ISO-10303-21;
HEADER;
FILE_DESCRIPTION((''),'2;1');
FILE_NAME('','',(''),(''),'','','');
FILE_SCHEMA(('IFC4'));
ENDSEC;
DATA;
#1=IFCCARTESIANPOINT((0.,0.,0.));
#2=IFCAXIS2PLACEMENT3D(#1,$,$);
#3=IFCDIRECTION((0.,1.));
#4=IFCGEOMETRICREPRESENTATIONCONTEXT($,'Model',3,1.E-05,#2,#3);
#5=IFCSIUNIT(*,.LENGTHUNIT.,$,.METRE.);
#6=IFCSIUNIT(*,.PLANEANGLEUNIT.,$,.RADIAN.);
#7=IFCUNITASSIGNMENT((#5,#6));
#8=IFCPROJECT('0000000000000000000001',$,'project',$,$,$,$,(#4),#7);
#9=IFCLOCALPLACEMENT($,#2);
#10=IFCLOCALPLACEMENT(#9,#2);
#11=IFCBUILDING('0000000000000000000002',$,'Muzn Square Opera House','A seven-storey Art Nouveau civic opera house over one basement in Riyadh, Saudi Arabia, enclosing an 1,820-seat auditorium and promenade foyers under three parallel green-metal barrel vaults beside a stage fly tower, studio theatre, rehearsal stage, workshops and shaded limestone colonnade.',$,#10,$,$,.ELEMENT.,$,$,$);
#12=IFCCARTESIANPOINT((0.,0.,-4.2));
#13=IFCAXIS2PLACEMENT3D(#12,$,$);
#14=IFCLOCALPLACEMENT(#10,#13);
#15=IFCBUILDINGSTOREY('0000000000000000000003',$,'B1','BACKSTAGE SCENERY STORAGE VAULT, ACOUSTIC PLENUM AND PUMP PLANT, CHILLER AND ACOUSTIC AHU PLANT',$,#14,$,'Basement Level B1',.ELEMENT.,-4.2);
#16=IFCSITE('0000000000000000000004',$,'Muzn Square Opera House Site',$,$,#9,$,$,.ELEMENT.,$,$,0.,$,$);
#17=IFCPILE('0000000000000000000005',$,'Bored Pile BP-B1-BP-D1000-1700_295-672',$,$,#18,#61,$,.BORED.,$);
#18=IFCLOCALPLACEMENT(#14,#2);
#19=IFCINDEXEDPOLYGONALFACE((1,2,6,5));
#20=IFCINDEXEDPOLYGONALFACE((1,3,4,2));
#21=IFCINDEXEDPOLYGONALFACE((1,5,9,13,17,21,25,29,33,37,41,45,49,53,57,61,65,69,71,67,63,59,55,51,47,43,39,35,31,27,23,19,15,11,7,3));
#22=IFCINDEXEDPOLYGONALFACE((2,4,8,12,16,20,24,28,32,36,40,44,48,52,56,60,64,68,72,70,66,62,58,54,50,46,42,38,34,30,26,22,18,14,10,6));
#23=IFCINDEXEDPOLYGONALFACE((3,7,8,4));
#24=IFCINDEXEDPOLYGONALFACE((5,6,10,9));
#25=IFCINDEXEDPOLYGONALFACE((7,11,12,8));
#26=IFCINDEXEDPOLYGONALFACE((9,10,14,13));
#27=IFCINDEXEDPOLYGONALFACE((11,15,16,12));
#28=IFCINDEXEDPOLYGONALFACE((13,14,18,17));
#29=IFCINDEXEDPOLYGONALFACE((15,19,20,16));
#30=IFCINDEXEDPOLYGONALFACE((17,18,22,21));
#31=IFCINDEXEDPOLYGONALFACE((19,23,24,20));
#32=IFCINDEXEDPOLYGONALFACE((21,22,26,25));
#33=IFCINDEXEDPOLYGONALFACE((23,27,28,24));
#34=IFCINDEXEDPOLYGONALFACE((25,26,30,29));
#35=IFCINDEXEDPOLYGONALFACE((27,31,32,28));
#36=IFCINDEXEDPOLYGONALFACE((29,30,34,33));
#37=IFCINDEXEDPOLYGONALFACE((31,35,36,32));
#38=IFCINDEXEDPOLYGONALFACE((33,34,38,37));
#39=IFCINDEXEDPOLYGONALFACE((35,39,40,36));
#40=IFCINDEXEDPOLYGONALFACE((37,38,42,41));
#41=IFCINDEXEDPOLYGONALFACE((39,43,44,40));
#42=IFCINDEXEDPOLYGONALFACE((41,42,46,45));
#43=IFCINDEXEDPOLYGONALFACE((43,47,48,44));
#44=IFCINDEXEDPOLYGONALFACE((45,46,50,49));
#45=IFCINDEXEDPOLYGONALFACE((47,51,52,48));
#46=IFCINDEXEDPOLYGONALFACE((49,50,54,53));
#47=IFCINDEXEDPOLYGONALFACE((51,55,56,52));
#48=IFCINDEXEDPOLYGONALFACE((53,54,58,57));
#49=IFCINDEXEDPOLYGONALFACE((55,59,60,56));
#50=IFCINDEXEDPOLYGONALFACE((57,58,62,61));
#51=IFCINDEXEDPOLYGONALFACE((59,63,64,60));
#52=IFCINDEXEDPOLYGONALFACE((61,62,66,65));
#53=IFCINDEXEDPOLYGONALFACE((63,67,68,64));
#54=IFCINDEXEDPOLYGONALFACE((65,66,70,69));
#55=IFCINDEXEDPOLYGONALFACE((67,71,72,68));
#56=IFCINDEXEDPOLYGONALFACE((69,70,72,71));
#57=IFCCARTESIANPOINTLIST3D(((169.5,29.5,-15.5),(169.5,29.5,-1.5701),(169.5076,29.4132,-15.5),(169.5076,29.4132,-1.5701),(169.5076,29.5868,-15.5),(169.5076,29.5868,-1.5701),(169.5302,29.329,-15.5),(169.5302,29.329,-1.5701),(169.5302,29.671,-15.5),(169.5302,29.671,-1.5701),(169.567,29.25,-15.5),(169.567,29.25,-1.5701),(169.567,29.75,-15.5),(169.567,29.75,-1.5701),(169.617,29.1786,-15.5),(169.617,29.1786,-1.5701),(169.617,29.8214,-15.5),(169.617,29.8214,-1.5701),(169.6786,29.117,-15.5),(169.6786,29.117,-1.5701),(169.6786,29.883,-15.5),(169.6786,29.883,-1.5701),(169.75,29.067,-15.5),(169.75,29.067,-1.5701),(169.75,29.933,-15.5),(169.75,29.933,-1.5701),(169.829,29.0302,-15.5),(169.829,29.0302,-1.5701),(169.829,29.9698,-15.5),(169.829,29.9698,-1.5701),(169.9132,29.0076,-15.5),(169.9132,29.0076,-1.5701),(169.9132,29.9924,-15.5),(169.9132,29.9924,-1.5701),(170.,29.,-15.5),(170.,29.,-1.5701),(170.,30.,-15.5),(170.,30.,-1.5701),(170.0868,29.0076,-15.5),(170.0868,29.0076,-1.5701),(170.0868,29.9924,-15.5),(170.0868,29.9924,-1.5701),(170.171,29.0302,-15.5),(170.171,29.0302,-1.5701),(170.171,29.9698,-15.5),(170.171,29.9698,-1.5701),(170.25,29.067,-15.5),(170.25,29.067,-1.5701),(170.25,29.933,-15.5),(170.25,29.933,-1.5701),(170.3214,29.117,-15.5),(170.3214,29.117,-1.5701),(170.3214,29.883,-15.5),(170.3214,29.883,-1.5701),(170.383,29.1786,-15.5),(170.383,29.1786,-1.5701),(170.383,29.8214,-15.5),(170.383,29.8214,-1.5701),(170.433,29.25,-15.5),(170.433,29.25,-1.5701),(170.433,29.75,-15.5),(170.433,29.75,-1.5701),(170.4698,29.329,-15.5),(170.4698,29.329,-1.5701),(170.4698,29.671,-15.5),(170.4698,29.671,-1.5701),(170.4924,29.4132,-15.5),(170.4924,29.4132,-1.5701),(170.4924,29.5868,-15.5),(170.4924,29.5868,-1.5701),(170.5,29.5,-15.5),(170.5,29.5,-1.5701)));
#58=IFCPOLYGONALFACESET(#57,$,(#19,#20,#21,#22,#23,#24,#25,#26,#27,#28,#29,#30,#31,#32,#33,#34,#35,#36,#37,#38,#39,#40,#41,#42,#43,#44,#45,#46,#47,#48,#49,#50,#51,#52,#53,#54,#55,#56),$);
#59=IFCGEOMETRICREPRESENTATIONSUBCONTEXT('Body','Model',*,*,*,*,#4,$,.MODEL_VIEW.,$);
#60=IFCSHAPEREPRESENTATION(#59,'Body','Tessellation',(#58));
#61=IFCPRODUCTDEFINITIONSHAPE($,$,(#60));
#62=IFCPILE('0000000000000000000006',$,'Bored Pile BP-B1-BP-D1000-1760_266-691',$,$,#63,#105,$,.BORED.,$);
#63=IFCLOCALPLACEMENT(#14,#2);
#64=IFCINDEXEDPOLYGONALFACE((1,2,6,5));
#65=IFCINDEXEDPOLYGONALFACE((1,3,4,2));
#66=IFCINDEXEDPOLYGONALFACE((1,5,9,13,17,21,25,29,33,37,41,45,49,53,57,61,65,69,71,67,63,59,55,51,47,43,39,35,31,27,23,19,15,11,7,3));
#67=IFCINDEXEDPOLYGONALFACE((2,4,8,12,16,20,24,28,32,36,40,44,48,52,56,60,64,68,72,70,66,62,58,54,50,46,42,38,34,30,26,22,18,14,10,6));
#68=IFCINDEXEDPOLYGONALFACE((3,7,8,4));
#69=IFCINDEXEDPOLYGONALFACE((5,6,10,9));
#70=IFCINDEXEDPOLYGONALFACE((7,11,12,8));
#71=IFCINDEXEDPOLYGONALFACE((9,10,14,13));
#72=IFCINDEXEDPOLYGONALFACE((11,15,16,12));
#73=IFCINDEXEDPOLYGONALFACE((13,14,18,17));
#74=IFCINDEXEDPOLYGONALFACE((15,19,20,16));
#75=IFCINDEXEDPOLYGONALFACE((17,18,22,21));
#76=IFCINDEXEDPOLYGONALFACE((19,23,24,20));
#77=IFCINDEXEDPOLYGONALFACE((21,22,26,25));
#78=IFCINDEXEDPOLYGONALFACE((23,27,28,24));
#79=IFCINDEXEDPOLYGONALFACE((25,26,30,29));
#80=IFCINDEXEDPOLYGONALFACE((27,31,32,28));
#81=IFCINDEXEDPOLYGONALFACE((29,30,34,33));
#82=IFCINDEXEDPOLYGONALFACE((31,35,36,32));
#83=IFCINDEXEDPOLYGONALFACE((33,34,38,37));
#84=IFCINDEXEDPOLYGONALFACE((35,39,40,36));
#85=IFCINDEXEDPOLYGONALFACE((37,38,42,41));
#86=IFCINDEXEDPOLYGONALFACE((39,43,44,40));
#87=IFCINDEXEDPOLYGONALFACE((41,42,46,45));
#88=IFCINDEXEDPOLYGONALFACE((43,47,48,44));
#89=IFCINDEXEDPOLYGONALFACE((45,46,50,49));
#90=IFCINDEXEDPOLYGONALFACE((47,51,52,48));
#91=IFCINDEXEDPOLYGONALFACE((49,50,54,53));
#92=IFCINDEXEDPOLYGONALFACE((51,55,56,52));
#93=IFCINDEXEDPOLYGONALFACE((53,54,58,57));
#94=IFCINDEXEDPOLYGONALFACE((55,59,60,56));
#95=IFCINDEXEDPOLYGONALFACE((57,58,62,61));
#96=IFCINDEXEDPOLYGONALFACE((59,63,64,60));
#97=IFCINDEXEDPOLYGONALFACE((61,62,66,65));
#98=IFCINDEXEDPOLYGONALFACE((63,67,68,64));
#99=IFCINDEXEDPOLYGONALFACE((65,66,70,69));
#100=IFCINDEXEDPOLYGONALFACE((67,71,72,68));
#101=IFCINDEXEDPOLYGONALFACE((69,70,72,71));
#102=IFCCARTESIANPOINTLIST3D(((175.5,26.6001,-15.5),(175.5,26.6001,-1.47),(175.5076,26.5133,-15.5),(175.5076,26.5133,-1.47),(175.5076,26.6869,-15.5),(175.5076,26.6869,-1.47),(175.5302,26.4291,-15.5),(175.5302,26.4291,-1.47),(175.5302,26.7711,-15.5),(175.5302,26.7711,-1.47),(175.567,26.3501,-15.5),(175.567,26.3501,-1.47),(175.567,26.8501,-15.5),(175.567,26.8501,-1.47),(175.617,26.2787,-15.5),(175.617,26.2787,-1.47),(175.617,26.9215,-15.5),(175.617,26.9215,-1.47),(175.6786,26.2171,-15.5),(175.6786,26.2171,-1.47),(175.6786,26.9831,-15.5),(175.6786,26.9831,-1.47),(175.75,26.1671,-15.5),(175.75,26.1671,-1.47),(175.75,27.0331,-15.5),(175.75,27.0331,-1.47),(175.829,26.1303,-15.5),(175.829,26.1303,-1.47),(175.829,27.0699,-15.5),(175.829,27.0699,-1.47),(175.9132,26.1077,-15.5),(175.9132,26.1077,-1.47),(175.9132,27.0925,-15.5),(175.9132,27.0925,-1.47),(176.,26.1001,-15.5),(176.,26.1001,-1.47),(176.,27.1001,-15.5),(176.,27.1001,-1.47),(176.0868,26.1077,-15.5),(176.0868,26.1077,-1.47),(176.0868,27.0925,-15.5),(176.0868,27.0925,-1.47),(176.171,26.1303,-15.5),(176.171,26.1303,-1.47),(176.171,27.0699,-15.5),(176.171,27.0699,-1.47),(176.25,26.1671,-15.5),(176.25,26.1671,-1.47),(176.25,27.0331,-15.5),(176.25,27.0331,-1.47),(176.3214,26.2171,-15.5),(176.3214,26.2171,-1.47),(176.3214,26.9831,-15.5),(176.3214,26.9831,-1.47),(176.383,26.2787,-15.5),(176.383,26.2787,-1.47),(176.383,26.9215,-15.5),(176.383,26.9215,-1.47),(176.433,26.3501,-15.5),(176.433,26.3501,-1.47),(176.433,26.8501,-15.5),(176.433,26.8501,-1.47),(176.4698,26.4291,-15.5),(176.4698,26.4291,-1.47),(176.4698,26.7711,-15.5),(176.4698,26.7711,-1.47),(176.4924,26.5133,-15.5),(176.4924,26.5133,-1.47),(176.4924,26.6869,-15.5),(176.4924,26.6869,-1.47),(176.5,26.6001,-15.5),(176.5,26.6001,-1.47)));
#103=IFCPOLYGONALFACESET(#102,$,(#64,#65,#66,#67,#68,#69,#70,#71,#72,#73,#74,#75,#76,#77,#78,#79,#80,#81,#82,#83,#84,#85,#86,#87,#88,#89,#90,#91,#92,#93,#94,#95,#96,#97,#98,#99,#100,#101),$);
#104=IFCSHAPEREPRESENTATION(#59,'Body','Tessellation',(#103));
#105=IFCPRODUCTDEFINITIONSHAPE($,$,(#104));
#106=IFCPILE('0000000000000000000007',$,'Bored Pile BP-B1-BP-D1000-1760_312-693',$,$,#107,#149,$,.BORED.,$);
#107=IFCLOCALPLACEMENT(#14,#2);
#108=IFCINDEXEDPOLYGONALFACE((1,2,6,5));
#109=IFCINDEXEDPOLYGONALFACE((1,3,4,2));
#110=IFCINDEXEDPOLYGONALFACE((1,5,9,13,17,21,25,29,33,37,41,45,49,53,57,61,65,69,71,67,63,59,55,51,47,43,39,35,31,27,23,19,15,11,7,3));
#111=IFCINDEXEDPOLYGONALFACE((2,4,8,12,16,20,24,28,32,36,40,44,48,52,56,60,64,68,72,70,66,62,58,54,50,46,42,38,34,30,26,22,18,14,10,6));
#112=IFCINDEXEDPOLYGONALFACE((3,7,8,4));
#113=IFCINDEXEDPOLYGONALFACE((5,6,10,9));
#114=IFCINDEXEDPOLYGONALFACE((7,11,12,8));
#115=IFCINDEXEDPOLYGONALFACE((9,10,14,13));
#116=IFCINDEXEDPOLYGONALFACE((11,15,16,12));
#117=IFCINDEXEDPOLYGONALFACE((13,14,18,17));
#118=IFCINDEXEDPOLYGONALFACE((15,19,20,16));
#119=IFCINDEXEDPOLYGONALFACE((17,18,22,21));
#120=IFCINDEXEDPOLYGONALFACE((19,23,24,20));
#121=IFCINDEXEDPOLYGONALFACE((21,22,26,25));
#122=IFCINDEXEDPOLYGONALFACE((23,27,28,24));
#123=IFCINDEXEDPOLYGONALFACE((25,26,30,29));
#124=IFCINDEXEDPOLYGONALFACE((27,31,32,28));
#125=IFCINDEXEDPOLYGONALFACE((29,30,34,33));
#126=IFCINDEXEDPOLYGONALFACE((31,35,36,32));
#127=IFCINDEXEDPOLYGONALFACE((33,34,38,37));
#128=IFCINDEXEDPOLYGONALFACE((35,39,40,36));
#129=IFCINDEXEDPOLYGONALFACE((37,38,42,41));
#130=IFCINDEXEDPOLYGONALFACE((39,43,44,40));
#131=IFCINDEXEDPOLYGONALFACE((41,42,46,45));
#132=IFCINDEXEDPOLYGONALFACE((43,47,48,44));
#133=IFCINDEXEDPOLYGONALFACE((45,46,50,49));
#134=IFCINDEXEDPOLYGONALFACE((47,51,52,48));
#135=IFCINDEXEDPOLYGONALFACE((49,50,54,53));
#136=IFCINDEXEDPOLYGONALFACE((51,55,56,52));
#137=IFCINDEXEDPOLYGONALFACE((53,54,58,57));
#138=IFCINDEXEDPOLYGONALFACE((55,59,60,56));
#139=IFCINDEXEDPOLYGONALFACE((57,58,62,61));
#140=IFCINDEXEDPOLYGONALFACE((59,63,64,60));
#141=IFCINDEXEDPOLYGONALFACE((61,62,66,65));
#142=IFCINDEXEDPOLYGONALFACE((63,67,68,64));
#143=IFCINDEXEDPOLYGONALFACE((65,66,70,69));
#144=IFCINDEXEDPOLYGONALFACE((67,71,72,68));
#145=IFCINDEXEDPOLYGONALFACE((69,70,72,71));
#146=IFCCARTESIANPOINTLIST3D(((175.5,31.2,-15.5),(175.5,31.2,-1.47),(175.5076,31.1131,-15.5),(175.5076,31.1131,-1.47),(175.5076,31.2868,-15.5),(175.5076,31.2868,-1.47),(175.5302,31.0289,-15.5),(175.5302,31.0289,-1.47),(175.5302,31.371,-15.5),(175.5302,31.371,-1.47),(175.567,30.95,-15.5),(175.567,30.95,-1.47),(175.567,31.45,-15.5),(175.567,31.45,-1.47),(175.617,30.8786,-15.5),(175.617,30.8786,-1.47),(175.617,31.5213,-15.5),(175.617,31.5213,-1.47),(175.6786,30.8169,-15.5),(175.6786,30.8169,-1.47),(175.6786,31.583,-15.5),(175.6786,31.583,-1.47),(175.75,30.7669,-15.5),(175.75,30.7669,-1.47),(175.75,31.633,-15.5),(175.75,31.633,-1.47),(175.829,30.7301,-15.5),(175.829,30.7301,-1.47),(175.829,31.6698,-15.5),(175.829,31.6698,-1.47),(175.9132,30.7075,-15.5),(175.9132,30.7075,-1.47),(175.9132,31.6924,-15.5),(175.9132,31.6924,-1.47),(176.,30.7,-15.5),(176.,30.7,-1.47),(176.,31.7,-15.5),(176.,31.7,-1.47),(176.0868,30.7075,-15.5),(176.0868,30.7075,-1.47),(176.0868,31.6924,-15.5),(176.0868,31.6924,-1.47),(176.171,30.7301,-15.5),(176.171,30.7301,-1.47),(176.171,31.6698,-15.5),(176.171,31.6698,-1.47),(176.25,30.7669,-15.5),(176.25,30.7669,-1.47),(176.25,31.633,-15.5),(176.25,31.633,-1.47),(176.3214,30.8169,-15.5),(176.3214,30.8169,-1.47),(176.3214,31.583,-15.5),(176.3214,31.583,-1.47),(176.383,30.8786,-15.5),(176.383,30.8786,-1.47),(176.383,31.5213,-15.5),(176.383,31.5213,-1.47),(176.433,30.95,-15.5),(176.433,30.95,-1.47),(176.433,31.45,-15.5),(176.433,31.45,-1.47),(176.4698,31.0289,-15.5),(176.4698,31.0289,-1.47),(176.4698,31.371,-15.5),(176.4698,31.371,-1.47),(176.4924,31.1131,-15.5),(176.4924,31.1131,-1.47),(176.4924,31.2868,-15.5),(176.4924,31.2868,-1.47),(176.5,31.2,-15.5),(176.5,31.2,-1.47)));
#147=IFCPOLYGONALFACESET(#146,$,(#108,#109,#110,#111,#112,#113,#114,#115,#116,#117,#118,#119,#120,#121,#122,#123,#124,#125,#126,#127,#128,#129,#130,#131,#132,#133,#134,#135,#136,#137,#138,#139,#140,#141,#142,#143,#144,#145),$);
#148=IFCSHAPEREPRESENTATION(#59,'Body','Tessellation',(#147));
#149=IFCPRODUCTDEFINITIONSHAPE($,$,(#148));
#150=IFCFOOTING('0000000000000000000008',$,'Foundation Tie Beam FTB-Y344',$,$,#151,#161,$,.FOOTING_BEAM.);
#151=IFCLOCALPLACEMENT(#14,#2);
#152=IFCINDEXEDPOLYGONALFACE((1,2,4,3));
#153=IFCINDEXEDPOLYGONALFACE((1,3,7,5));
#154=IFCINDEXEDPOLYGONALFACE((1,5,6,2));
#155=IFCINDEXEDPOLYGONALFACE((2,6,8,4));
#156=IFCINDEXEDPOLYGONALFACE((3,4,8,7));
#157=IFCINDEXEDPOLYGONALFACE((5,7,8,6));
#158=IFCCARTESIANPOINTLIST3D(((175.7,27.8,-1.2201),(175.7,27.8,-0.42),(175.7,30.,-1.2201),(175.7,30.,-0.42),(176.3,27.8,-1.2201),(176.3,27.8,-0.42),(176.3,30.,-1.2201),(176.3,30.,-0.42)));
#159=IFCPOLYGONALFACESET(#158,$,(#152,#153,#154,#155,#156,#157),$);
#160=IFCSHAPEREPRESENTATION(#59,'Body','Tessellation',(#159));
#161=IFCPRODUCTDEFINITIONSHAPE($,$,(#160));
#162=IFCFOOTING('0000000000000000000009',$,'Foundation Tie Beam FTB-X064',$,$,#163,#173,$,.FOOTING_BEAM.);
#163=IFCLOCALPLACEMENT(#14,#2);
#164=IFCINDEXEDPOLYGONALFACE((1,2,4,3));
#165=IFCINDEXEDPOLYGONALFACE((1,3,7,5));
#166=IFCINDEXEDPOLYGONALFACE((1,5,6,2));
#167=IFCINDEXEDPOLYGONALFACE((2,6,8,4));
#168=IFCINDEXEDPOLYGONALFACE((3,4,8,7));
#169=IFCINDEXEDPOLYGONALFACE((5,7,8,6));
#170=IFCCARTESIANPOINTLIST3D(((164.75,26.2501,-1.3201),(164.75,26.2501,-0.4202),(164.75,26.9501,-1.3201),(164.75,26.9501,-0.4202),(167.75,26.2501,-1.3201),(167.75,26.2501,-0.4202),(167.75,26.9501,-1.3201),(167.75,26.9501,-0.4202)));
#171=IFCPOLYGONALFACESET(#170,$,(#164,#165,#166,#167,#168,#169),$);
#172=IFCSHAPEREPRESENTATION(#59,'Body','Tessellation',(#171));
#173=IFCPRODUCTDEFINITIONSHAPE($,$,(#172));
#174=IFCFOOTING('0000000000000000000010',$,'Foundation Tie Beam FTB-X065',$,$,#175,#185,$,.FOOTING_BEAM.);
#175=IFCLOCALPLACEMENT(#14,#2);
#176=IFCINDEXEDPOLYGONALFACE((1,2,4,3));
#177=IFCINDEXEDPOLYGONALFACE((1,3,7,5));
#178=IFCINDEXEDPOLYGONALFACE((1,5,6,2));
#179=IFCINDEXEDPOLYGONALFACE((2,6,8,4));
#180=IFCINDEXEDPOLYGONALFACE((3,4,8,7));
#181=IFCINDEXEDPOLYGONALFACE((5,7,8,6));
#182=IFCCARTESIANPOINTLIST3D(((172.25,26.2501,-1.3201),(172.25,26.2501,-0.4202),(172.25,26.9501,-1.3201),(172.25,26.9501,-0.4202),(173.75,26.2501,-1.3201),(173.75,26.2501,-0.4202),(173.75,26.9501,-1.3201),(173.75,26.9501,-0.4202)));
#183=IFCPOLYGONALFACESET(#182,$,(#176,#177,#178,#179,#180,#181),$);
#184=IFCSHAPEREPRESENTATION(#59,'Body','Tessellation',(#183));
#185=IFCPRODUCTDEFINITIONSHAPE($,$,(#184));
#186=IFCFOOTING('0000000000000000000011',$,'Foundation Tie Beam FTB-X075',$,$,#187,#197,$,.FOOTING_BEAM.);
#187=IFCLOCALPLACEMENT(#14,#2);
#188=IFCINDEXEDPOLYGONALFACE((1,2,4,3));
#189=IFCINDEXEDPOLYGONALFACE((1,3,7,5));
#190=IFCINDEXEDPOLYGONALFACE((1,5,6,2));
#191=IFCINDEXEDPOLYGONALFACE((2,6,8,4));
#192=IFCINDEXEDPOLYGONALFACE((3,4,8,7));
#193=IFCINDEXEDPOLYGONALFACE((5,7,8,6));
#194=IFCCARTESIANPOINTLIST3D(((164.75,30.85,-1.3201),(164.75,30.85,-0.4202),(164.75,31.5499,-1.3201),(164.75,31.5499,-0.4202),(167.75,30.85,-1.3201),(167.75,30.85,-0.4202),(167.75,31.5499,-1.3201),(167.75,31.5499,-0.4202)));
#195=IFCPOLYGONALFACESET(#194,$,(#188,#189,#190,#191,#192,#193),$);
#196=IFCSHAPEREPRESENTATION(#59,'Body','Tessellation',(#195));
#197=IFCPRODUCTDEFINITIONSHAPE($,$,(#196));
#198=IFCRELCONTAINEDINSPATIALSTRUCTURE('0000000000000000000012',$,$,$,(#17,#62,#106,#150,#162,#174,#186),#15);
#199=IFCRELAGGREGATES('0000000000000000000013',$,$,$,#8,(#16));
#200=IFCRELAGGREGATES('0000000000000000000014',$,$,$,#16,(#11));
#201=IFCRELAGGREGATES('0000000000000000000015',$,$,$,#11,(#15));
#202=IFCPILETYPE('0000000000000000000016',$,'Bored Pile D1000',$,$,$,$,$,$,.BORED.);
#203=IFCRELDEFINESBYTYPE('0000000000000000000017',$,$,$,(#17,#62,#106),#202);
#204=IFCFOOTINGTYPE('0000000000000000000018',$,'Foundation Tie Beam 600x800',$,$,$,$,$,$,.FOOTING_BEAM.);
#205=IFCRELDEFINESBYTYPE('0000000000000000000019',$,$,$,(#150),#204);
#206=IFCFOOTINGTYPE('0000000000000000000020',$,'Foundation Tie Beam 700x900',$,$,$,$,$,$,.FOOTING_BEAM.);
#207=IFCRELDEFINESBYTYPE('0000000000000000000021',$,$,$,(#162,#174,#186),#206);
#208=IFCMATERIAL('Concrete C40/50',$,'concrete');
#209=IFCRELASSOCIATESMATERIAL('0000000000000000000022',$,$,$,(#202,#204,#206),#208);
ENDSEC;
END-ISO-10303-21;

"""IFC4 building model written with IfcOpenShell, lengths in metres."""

from ifc_helpers import new_model, si_unit, direction, frame, origin, origin_2d, place, context, subcontext, project, spatial, rectangle, circle, extrude, material, material_profile, profile_set, type_object, element, save


model = new_model("IFC4")

# Units and contexts
model_context = context("Model", 3, precision=1e-05, world=origin(), true_north=direction((0.0, 1.0)))
body_context = subcontext(model_context, "Body", "Model", "MODEL_VIEW")
ifc_project = project(units=[si_unit("LENGTHUNIT", "METRE"), si_unit("PLANEANGLEUNIT", "RADIAN")], contexts=[model_context])

# Site, building, storey
site_placement = place(None, origin())
site = spatial("IfcSite", under=ifc_project, at=site_placement, Name="Muzn Square Opera House Site", CompositionType="ELEMENT", RefElevation=0.0)
building_placement = place(site_placement, origin())
building = spatial("IfcBuilding", under=site, at=building_placement, Name="Muzn Square Opera House", Description="A seven-storey Art Nouveau civic opera house over one basement in Riyadh, Saudi Arabia, enclosing an 1,820-seat auditorium and promenade foyers under three parallel green-metal barrel vaults beside a stage fly tower, studio theatre, rehearsal stage, workshops and shaded limestone colonnade.", CompositionType="ELEMENT")
storey_placement = place(building_placement, frame((0.0, 0.0, -4.2)))
storey = spatial("IfcBuildingStorey", under=building, at=storey_placement, Name="B1", Description="BACKSTAGE SCENERY STORAGE VAULT, ACOUSTIC PLENUM AND PUMP PLANT, CHILLER AND ACOUSTIC AHU PLANT", LongName="Basement Level B1", CompositionType="ELEMENT", Elevation=-4.2)

# Piles
ifc_material_1 = material(Name="Concrete C40/50", Category="concrete")
ifc_material_profile_1 = material_profile(ifc_material_1, circle(Radius=0.5, at=origin_2d()), Name="BORED PILE D1000", Category="concrete")
ifc_profile_set_1 = profile_set([ifc_material_profile_1], Name="Concrete C40/50")
pile_type = type_object("IfcPileType", Name="Bored Pile D1000", PredefinedType="BORED", material=ifc_profile_set_1)
pile_placement = place(storey_placement, frame((170.0, 29.5, -1.5701), z_axis=(0.0, 0.0, -1.0), x_axis=(1.0, 0.0, 0.0)))
element("IfcPile", 1, at=pile_placement, inside=storey, type_object=pile_type, Name="Bored Pile BP-B1-BP-D1000-1700_295-672", PredefinedType="BORED", context=body_context, shape_type="SweptSolid", body=[
    extrude(circle(Radius=0.5, at=origin_2d()), origin(), (0.0, 0.0, 1.0), 13.9299),
])
for number, where, z_axis, x_axis, name in (
    (2, (176.0, 26.6001, -1.47), (0.0, 0.0, -1.0), (1.0, 0.0, 0.0), "Bored Pile BP-B1-BP-D1000-1760_266-691"),
    (3, (176.0, 31.2, -1.47), (0.0, 0.0, -1.0), (1.0, 0.0, 0.0), "Bored Pile BP-B1-BP-D1000-1760_312-693"),
):
    element("IfcPile", number, at=place(storey_placement, frame(where, z_axis=z_axis, x_axis=x_axis)), inside=storey, type_object=pile_type, Name=name, PredefinedType="BORED", context=body_context, shape_type="SweptSolid", body=[
        extrude(circle(Radius=0.5, at=origin_2d()), origin(), (0.0, 0.0, 1.0), 14.03),
    ])

# Footings
ifc_material_profile_2 = material_profile(ifc_material_1, rectangle(XDim=0.6001, YDim=0.8, at=origin_2d()), Name="RCTB 600x800", Category="concrete")
ifc_profile_set_2 = profile_set([ifc_material_profile_2], Name="Concrete C40/50")
footing_type_1 = type_object("IfcFootingType", Name="Foundation Tie Beam 600x800", PredefinedType="FOOTING_BEAM", material=ifc_profile_set_2)
footing_1_placement = place(storey_placement, frame((176.0, 27.8, -0.8201), z_axis=(0.0, 1.0, 0.0), x_axis=(-1.0, 0.0, 0.0)))
element("IfcFooting", 4, at=footing_1_placement, inside=storey, type_object=footing_type_1, Name="Foundation Tie Beam FTB-Y344", PredefinedType="FOOTING_BEAM", context=body_context, shape_type="SweptSolid", body=[
    extrude(rectangle(XDim=0.6001, YDim=0.8, at=origin_2d()), origin(), (0.0, 0.0, 1.0), 2.2),
])
ifc_material_profile_3 = material_profile(ifc_material_1, rectangle(XDim=0.7, YDim=0.8999, at=origin_2d()), Name="RCTB 700x900", Category="concrete")
ifc_profile_set_3 = profile_set([ifc_material_profile_3], Name="Concrete C40/50")
footing_type_2 = type_object("IfcFootingType", Name="Foundation Tie Beam 700x900", PredefinedType="FOOTING_BEAM", material=ifc_profile_set_3)
footing_2_placement = place(storey_placement, frame((164.75, 26.6001, -0.8701), z_axis=(1.0, 0.0, 0.0), x_axis=(0.0, 1.0, 0.0)))
element("IfcFooting", 5, at=footing_2_placement, inside=storey, type_object=footing_type_2, Name="Foundation Tie Beam FTB-X064", PredefinedType="FOOTING_BEAM", context=body_context, shape_type="SweptSolid", body=[
    extrude(rectangle(XDim=0.7, YDim=0.8999, at=origin_2d()), origin(), (0.0, 0.0, 1.0), 3.0),
])
footing_3_placement = place(storey_placement, frame((172.25, 26.6001, -0.8701), z_axis=(1.0, 0.0, 0.0), x_axis=(0.0, 1.0, 0.0)))
element("IfcFooting", 6, at=footing_3_placement, inside=storey, type_object=footing_type_2, Name="Foundation Tie Beam FTB-X065", PredefinedType="FOOTING_BEAM", context=body_context, shape_type="SweptSolid", body=[
    extrude(rectangle(XDim=0.7, YDim=0.8999, at=origin_2d()), origin(), (0.0, 0.0, 1.0), 1.5),
])
footing_4_placement = place(storey_placement, frame((164.75, 31.2, -0.8701), z_axis=(1.0, 0.0, 0.0), x_axis=(0.0, 1.0, 0.0)))
element("IfcFooting", 7, at=footing_4_placement, inside=storey, type_object=footing_type_2, Name="Foundation Tie Beam FTB-X075", PredefinedType="FOOTING_BEAM", context=body_context, shape_type="SweptSolid", body=[
    extrude(rectangle(XDim=0.7, YDim=0.8999, at=origin_2d()), origin(), (0.0, 0.0, 1.0), 3.0),
])

save(model, "model.ifc")
